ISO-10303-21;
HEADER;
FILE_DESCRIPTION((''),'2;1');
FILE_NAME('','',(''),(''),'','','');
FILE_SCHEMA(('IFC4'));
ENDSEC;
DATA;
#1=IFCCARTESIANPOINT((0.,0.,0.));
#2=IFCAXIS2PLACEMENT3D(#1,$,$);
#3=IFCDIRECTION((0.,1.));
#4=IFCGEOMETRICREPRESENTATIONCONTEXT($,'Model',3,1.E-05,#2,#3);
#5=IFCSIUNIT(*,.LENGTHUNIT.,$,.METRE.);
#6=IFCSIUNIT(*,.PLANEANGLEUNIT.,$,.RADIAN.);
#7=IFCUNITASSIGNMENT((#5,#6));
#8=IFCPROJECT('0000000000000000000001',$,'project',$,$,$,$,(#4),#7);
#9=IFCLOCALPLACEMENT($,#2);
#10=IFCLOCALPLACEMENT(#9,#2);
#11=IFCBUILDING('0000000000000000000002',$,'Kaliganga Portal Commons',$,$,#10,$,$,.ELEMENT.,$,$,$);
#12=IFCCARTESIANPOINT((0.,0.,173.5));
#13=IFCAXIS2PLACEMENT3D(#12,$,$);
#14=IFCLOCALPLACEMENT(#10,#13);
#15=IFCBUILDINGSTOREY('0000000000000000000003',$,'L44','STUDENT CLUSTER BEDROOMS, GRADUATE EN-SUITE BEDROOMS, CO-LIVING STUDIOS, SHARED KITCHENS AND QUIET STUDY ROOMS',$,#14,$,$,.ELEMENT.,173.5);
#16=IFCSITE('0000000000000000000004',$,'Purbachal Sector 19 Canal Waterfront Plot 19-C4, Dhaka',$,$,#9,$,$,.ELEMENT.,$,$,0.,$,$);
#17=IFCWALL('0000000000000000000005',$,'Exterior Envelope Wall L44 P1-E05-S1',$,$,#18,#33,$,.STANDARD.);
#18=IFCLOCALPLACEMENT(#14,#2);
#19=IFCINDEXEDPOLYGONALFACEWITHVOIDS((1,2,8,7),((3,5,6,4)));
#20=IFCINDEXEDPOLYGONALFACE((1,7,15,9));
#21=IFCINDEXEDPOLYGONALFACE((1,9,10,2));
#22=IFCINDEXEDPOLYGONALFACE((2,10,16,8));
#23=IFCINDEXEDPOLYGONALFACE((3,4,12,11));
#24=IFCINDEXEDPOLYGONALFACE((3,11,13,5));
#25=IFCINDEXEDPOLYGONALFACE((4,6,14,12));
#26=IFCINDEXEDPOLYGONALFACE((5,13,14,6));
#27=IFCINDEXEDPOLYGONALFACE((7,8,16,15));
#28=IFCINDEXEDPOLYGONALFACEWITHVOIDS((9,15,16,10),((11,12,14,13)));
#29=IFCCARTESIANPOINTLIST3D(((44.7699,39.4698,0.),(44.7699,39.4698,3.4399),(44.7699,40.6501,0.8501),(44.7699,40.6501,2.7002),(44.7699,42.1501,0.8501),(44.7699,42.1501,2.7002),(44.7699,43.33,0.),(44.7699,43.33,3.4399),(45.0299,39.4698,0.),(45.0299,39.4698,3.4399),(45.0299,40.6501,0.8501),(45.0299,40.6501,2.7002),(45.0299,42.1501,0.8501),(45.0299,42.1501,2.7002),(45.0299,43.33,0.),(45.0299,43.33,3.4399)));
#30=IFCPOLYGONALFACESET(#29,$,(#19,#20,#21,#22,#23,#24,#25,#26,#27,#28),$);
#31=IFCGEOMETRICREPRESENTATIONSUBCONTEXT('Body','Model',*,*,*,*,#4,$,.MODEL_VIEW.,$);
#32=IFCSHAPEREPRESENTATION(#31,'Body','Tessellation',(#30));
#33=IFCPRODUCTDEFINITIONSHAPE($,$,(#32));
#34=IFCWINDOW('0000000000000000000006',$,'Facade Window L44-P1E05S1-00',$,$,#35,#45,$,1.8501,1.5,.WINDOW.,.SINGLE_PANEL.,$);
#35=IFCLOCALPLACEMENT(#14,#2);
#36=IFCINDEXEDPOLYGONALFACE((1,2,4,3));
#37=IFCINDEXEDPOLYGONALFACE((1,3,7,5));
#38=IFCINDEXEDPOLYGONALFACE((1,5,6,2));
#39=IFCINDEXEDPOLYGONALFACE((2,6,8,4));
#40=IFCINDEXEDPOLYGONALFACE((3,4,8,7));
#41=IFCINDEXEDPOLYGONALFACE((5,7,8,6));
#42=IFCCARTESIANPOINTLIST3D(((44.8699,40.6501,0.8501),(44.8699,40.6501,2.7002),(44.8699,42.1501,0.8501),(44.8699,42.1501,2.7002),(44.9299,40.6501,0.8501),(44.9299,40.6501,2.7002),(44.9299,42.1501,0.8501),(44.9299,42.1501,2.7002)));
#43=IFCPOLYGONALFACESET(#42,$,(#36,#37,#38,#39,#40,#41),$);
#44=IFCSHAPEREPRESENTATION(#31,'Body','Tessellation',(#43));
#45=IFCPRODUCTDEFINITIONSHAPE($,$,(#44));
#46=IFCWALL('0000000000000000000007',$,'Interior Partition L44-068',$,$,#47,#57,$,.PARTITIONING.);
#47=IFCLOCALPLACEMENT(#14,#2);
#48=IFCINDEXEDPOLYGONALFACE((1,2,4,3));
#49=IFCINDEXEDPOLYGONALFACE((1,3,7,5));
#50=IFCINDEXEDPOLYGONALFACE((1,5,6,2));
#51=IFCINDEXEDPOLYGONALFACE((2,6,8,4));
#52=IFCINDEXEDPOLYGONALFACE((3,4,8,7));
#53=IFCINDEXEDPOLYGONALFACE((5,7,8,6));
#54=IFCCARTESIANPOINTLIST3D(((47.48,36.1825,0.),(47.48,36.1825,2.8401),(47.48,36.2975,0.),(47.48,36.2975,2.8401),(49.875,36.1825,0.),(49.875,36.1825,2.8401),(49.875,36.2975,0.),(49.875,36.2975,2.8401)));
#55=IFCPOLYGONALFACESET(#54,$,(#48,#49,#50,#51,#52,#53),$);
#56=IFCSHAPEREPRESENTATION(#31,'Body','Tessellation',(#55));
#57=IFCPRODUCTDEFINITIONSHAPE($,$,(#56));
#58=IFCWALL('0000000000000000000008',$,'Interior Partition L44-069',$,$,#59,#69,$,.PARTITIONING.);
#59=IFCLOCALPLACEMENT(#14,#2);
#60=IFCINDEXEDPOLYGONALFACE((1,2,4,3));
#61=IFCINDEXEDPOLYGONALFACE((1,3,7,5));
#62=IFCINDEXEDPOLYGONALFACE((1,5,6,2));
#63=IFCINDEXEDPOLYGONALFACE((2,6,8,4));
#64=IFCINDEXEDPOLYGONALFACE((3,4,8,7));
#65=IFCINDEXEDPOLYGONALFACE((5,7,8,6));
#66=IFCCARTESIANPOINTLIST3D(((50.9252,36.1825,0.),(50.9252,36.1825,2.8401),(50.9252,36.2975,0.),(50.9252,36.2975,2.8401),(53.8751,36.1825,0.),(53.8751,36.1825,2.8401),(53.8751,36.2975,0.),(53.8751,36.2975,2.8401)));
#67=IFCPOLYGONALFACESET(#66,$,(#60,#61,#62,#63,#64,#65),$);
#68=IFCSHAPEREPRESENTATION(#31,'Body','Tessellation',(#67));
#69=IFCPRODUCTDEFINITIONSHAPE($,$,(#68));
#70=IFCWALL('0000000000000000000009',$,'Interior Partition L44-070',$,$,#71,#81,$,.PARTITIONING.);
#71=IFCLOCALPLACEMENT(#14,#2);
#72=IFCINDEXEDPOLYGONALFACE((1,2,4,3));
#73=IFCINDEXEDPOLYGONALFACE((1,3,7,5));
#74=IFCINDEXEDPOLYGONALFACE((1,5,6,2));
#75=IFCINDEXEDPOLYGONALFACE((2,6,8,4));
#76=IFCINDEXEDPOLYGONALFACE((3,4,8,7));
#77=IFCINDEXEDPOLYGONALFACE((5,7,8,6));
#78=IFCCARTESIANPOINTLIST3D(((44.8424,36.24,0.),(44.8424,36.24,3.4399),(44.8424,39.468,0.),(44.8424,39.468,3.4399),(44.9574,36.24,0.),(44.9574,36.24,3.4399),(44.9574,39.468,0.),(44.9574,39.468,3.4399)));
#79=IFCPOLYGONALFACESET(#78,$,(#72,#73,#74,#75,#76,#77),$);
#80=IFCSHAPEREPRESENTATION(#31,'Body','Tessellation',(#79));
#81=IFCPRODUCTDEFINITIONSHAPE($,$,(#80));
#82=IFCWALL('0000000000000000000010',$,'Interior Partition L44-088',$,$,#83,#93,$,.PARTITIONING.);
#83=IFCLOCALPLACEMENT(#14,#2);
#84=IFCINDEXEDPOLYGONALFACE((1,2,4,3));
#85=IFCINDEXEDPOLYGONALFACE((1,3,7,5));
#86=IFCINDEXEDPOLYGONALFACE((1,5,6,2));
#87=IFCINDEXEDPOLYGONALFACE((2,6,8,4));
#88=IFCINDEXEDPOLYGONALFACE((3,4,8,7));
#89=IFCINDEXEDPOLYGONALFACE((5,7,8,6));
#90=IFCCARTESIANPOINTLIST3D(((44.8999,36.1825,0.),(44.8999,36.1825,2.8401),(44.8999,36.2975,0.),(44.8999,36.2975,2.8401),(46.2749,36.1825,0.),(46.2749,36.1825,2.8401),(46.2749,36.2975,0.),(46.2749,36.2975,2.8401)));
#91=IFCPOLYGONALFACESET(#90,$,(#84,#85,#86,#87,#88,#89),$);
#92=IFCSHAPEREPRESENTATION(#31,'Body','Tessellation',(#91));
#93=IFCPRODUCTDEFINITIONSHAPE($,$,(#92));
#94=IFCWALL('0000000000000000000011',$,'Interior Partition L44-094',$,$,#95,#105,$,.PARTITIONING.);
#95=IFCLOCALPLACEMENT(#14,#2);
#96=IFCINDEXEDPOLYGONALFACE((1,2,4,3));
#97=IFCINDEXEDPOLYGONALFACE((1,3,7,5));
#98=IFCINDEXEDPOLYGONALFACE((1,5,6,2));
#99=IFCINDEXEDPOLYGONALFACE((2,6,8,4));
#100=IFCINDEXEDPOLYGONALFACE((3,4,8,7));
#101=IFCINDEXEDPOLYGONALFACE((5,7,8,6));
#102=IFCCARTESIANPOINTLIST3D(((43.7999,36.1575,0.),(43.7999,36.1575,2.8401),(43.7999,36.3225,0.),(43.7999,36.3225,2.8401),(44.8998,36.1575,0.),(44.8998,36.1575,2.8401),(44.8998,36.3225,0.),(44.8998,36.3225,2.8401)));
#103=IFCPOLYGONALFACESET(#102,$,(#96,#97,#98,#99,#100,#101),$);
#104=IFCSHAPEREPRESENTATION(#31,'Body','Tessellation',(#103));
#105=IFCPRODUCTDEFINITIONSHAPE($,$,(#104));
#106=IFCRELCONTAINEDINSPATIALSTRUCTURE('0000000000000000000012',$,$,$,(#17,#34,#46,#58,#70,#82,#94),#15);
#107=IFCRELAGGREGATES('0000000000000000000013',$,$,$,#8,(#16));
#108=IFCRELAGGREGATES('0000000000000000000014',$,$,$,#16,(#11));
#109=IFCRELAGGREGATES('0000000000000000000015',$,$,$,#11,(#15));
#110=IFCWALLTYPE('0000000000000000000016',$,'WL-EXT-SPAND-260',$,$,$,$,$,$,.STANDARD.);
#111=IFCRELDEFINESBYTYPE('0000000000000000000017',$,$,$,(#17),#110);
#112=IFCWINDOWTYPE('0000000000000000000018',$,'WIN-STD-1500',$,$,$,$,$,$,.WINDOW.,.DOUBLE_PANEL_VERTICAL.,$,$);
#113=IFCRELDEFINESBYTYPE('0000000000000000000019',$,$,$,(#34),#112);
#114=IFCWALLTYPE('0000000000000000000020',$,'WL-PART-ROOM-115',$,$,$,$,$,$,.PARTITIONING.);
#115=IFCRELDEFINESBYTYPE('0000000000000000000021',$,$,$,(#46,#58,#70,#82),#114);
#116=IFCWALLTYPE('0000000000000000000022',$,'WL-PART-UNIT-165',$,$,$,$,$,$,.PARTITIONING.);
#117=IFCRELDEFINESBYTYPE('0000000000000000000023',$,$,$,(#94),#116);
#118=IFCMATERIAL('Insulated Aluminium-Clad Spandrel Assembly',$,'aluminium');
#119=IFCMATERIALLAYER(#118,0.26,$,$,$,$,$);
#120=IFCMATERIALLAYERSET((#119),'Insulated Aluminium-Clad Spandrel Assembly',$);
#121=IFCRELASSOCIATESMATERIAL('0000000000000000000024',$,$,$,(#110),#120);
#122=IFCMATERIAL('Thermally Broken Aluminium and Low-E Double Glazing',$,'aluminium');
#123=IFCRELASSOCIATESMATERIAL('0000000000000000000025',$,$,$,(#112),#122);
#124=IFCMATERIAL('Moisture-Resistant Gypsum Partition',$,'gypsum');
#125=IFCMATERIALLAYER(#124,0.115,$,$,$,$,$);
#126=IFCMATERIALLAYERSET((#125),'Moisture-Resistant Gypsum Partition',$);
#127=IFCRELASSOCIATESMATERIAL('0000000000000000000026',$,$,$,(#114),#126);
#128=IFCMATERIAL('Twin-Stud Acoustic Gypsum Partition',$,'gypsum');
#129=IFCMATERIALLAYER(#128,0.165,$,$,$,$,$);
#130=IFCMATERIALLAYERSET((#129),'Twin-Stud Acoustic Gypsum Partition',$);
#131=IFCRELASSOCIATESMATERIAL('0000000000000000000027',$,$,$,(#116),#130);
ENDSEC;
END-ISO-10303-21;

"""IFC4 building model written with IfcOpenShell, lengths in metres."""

from ifc_helpers import new_model, si_unit, direction, frame, frame_2d, origin, place, context, subcontext, project, spatial, rectangle, extrude, material, layer, layer_set, type_object, element, fill, save


model = new_model("IFC4")

# Units and contexts
model_context = context("Model", 3, precision=1e-05, world=origin(), true_north=direction((0.0, 1.0)))
body_context = subcontext(model_context, "Body", "Model", "MODEL_VIEW")
ifc_project = project(units=[si_unit("LENGTHUNIT", "METRE"), si_unit("PLANEANGLEUNIT", "RADIAN")], contexts=[model_context])

# Site, building, storey
site_placement = place(None, origin())
site = spatial("IfcSite", under=ifc_project, at=site_placement, Name="Purbachal Sector 19 Canal Waterfront Plot 19-C4, Dhaka", CompositionType="ELEMENT", RefElevation=0.0)
building_placement = place(site_placement, origin())
building = spatial("IfcBuilding", under=site, at=building_placement, Name="Kaliganga Portal Commons", CompositionType="ELEMENT")
storey_placement = place(building_placement, frame((0.0, 0.0, 173.5)))
storey = spatial("IfcBuildingStorey", under=building, at=storey_placement, Name="L44", Description="STUDENT CLUSTER BEDROOMS, GRADUATE EN-SUITE BEDROOMS, CO-LIVING STUDIOS, SHARED KITCHENS AND QUIET STUDY ROOMS", CompositionType="ELEMENT", Elevation=173.5)

# Shared definitions
ifc_material_1 = material(Name="Insulated Aluminium-Clad Spandrel Assembly", Category="aluminium")
ifc_layer_1 = layer(ifc_material_1, 0.26)
ifc_layer_set_1 = layer_set([ifc_layer_1], Name="Insulated Aluminium-Clad Spandrel Assembly")
wall_type_1 = type_object("IfcWallType", Name="WL-EXT-SPAND-260", PredefinedType="STANDARD", material=ifc_layer_set_1)
ifc_material_2 = material(Name="Thermally Broken Aluminium and Low-E Double Glazing", Category="aluminium")
window_type = type_object("IfcWindowType", Name="WIN-STD-1500", PartitioningType="DOUBLE_PANEL_VERTICAL", PredefinedType="WINDOW", material=ifc_material_2)

# Wall, opening, window
wall_1_placement = place(storey_placement, frame((44.8999, 43.3301, 0.0), z_axis=(0.0, 0.0, 1.0), x_axis=(0.0, -1.0, 0.0)))
wall_1 = element("IfcWall", 1, at=wall_1_placement, inside=storey, type_object=wall_type_1, Name="Exterior Envelope Wall L44 P1-E05-S1", PredefinedType="STANDARD", context=body_context, shape_type="SweptSolid", body=[
    extrude(rectangle(XDim=3.8601, YDim=0.26, at=frame_2d((1.9302, 0.0))), origin(), (0.0, 0.0, 1.0), 3.4399),
])
opening_1_placement = place(wall_1_placement, frame((1.1799, 0.0, 0.8501)))
opening_1 = element("IfcOpeningElement", 2, at=opening_1_placement, cuts=wall_1, PredefinedType="OPENING", context=body_context, shape_type="SweptSolid", body=[
    extrude(rectangle(XDim=1.5, YDim=1.8501, at=frame_2d((0.75, 0.925))), frame((0.0, 0.1401, 0.0), z_axis=(0.0, -1.0, 0.0), x_axis=(1.0, 0.0, 0.0)), (0.0, 0.0, 1.0), 0.28),
])
window_1_placement = place(opening_1_placement, origin())
window_1 = element("IfcWindow", 3, at=window_1_placement, inside=storey, type_object=window_type, Name="Facade Window L44-P1E05S1-00", OverallHeight=1.8501, OverallWidth=1.5, PartitioningType="SINGLE_PANEL", PredefinedType="WINDOW", context=body_context, shape_type="SweptSolid", body=[
    extrude(rectangle(XDim=1.5, YDim=1.8501, at=frame_2d((0.75, 0.925))), frame((0.0, 0.03, 0.0), z_axis=(0.0, -1.0, 0.0), x_axis=(1.0, 0.0, 0.0)), (0.0, 0.0, 1.0), 0.0601),
])
fill(opening_1, window_1)

# Walls
ifc_material_3 = material(Name="Moisture-Resistant Gypsum Partition", Category="gypsum")
ifc_layer_2 = layer(ifc_material_3, 0.115)
ifc_layer_set_2 = layer_set([ifc_layer_2], Name="Moisture-Resistant Gypsum Partition")
wall_type_2 = type_object("IfcWallType", Name="WL-PART-ROOM-115", PredefinedType="PARTITIONING", material=ifc_layer_set_2)
wall_2_placement = place(storey_placement, frame((47.48, 36.24, 0.0), z_axis=(0.0, 0.0, 1.0), x_axis=(1.0, 0.0, 0.0)))
element("IfcWall", 4, at=wall_2_placement, inside=storey, type_object=wall_type_2, Name="Interior Partition L44-068", PredefinedType="PARTITIONING", context=body_context, shape_type="SweptSolid", body=[
    extrude(rectangle(XDim=2.395, YDim=0.115, at=frame_2d((1.1975, 0.0))), origin(), (0.0, 0.0, 1.0), 2.8401),
])
wall_3_placement = place(storey_placement, frame((50.925, 36.24, 0.0), z_axis=(0.0, 0.0, 1.0), x_axis=(1.0, 0.0, 0.0)))
element("IfcWall", 5, at=wall_3_placement, inside=storey, type_object=wall_type_2, Name="Interior Partition L44-069", PredefinedType="PARTITIONING", context=body_context, shape_type="SweptSolid", body=[
    extrude(rectangle(XDim=2.95, YDim=0.115, at=frame_2d((1.4751, 0.0))), origin(), (0.0, 0.0, 1.0), 2.8401),
])
wall_4_placement = place(storey_placement, frame((44.8999, 36.24, 0.0), z_axis=(0.0, 0.0, 1.0), x_axis=(0.0, 1.0, 0.0)))
element("IfcWall", 6, at=wall_4_placement, inside=storey, type_object=wall_type_2, Name="Interior Partition L44-070", PredefinedType="PARTITIONING", context=body_context, shape_type="SweptSolid", body=[
    extrude(rectangle(XDim=3.228, YDim=0.115, at=frame_2d((1.614, 0.0))), origin(), (0.0, 0.0, 1.0), 3.4399),
])
wall_5_placement = place(storey_placement, frame((44.8999, 36.24, 0.0), z_axis=(0.0, 0.0, 1.0), x_axis=(1.0, 0.0, 0.0)))
element("IfcWall", 7, at=wall_5_placement, inside=storey, type_object=wall_type_2, Name="Interior Partition L44-088", PredefinedType="PARTITIONING", context=body_context, shape_type="SweptSolid", body=[
    extrude(rectangle(XDim=1.375, YDim=0.115, at=frame_2d((0.6875, 0.0))), origin(), (0.0, 0.0, 1.0), 2.8401),
])
ifc_material_4 = material(Name="Twin-Stud Acoustic Gypsum Partition", Category="gypsum")
ifc_layer_3 = layer(ifc_material_4, 0.165)
ifc_layer_set_3 = layer_set([ifc_layer_3], Name="Twin-Stud Acoustic Gypsum Partition")
wall_type_3 = type_object("IfcWallType", Name="WL-PART-UNIT-165", PredefinedType="PARTITIONING", material=ifc_layer_set_3)
wall_6_placement = place(storey_placement, frame((43.8, 36.24, 0.0), z_axis=(0.0, 0.0, 1.0), x_axis=(1.0, 0.0, 0.0)))
element("IfcWall", 8, at=wall_6_placement, inside=storey, type_object=wall_type_3, Name="Interior Partition L44-094", PredefinedType="PARTITIONING", context=body_context, shape_type="SweptSolid", body=[
    extrude(rectangle(XDim=1.0999, YDim=0.165, at=frame_2d((0.5498, 0.0))), origin(), (0.0, 0.0, 1.0), 2.8401),
])

save(model, "model.ifc")
